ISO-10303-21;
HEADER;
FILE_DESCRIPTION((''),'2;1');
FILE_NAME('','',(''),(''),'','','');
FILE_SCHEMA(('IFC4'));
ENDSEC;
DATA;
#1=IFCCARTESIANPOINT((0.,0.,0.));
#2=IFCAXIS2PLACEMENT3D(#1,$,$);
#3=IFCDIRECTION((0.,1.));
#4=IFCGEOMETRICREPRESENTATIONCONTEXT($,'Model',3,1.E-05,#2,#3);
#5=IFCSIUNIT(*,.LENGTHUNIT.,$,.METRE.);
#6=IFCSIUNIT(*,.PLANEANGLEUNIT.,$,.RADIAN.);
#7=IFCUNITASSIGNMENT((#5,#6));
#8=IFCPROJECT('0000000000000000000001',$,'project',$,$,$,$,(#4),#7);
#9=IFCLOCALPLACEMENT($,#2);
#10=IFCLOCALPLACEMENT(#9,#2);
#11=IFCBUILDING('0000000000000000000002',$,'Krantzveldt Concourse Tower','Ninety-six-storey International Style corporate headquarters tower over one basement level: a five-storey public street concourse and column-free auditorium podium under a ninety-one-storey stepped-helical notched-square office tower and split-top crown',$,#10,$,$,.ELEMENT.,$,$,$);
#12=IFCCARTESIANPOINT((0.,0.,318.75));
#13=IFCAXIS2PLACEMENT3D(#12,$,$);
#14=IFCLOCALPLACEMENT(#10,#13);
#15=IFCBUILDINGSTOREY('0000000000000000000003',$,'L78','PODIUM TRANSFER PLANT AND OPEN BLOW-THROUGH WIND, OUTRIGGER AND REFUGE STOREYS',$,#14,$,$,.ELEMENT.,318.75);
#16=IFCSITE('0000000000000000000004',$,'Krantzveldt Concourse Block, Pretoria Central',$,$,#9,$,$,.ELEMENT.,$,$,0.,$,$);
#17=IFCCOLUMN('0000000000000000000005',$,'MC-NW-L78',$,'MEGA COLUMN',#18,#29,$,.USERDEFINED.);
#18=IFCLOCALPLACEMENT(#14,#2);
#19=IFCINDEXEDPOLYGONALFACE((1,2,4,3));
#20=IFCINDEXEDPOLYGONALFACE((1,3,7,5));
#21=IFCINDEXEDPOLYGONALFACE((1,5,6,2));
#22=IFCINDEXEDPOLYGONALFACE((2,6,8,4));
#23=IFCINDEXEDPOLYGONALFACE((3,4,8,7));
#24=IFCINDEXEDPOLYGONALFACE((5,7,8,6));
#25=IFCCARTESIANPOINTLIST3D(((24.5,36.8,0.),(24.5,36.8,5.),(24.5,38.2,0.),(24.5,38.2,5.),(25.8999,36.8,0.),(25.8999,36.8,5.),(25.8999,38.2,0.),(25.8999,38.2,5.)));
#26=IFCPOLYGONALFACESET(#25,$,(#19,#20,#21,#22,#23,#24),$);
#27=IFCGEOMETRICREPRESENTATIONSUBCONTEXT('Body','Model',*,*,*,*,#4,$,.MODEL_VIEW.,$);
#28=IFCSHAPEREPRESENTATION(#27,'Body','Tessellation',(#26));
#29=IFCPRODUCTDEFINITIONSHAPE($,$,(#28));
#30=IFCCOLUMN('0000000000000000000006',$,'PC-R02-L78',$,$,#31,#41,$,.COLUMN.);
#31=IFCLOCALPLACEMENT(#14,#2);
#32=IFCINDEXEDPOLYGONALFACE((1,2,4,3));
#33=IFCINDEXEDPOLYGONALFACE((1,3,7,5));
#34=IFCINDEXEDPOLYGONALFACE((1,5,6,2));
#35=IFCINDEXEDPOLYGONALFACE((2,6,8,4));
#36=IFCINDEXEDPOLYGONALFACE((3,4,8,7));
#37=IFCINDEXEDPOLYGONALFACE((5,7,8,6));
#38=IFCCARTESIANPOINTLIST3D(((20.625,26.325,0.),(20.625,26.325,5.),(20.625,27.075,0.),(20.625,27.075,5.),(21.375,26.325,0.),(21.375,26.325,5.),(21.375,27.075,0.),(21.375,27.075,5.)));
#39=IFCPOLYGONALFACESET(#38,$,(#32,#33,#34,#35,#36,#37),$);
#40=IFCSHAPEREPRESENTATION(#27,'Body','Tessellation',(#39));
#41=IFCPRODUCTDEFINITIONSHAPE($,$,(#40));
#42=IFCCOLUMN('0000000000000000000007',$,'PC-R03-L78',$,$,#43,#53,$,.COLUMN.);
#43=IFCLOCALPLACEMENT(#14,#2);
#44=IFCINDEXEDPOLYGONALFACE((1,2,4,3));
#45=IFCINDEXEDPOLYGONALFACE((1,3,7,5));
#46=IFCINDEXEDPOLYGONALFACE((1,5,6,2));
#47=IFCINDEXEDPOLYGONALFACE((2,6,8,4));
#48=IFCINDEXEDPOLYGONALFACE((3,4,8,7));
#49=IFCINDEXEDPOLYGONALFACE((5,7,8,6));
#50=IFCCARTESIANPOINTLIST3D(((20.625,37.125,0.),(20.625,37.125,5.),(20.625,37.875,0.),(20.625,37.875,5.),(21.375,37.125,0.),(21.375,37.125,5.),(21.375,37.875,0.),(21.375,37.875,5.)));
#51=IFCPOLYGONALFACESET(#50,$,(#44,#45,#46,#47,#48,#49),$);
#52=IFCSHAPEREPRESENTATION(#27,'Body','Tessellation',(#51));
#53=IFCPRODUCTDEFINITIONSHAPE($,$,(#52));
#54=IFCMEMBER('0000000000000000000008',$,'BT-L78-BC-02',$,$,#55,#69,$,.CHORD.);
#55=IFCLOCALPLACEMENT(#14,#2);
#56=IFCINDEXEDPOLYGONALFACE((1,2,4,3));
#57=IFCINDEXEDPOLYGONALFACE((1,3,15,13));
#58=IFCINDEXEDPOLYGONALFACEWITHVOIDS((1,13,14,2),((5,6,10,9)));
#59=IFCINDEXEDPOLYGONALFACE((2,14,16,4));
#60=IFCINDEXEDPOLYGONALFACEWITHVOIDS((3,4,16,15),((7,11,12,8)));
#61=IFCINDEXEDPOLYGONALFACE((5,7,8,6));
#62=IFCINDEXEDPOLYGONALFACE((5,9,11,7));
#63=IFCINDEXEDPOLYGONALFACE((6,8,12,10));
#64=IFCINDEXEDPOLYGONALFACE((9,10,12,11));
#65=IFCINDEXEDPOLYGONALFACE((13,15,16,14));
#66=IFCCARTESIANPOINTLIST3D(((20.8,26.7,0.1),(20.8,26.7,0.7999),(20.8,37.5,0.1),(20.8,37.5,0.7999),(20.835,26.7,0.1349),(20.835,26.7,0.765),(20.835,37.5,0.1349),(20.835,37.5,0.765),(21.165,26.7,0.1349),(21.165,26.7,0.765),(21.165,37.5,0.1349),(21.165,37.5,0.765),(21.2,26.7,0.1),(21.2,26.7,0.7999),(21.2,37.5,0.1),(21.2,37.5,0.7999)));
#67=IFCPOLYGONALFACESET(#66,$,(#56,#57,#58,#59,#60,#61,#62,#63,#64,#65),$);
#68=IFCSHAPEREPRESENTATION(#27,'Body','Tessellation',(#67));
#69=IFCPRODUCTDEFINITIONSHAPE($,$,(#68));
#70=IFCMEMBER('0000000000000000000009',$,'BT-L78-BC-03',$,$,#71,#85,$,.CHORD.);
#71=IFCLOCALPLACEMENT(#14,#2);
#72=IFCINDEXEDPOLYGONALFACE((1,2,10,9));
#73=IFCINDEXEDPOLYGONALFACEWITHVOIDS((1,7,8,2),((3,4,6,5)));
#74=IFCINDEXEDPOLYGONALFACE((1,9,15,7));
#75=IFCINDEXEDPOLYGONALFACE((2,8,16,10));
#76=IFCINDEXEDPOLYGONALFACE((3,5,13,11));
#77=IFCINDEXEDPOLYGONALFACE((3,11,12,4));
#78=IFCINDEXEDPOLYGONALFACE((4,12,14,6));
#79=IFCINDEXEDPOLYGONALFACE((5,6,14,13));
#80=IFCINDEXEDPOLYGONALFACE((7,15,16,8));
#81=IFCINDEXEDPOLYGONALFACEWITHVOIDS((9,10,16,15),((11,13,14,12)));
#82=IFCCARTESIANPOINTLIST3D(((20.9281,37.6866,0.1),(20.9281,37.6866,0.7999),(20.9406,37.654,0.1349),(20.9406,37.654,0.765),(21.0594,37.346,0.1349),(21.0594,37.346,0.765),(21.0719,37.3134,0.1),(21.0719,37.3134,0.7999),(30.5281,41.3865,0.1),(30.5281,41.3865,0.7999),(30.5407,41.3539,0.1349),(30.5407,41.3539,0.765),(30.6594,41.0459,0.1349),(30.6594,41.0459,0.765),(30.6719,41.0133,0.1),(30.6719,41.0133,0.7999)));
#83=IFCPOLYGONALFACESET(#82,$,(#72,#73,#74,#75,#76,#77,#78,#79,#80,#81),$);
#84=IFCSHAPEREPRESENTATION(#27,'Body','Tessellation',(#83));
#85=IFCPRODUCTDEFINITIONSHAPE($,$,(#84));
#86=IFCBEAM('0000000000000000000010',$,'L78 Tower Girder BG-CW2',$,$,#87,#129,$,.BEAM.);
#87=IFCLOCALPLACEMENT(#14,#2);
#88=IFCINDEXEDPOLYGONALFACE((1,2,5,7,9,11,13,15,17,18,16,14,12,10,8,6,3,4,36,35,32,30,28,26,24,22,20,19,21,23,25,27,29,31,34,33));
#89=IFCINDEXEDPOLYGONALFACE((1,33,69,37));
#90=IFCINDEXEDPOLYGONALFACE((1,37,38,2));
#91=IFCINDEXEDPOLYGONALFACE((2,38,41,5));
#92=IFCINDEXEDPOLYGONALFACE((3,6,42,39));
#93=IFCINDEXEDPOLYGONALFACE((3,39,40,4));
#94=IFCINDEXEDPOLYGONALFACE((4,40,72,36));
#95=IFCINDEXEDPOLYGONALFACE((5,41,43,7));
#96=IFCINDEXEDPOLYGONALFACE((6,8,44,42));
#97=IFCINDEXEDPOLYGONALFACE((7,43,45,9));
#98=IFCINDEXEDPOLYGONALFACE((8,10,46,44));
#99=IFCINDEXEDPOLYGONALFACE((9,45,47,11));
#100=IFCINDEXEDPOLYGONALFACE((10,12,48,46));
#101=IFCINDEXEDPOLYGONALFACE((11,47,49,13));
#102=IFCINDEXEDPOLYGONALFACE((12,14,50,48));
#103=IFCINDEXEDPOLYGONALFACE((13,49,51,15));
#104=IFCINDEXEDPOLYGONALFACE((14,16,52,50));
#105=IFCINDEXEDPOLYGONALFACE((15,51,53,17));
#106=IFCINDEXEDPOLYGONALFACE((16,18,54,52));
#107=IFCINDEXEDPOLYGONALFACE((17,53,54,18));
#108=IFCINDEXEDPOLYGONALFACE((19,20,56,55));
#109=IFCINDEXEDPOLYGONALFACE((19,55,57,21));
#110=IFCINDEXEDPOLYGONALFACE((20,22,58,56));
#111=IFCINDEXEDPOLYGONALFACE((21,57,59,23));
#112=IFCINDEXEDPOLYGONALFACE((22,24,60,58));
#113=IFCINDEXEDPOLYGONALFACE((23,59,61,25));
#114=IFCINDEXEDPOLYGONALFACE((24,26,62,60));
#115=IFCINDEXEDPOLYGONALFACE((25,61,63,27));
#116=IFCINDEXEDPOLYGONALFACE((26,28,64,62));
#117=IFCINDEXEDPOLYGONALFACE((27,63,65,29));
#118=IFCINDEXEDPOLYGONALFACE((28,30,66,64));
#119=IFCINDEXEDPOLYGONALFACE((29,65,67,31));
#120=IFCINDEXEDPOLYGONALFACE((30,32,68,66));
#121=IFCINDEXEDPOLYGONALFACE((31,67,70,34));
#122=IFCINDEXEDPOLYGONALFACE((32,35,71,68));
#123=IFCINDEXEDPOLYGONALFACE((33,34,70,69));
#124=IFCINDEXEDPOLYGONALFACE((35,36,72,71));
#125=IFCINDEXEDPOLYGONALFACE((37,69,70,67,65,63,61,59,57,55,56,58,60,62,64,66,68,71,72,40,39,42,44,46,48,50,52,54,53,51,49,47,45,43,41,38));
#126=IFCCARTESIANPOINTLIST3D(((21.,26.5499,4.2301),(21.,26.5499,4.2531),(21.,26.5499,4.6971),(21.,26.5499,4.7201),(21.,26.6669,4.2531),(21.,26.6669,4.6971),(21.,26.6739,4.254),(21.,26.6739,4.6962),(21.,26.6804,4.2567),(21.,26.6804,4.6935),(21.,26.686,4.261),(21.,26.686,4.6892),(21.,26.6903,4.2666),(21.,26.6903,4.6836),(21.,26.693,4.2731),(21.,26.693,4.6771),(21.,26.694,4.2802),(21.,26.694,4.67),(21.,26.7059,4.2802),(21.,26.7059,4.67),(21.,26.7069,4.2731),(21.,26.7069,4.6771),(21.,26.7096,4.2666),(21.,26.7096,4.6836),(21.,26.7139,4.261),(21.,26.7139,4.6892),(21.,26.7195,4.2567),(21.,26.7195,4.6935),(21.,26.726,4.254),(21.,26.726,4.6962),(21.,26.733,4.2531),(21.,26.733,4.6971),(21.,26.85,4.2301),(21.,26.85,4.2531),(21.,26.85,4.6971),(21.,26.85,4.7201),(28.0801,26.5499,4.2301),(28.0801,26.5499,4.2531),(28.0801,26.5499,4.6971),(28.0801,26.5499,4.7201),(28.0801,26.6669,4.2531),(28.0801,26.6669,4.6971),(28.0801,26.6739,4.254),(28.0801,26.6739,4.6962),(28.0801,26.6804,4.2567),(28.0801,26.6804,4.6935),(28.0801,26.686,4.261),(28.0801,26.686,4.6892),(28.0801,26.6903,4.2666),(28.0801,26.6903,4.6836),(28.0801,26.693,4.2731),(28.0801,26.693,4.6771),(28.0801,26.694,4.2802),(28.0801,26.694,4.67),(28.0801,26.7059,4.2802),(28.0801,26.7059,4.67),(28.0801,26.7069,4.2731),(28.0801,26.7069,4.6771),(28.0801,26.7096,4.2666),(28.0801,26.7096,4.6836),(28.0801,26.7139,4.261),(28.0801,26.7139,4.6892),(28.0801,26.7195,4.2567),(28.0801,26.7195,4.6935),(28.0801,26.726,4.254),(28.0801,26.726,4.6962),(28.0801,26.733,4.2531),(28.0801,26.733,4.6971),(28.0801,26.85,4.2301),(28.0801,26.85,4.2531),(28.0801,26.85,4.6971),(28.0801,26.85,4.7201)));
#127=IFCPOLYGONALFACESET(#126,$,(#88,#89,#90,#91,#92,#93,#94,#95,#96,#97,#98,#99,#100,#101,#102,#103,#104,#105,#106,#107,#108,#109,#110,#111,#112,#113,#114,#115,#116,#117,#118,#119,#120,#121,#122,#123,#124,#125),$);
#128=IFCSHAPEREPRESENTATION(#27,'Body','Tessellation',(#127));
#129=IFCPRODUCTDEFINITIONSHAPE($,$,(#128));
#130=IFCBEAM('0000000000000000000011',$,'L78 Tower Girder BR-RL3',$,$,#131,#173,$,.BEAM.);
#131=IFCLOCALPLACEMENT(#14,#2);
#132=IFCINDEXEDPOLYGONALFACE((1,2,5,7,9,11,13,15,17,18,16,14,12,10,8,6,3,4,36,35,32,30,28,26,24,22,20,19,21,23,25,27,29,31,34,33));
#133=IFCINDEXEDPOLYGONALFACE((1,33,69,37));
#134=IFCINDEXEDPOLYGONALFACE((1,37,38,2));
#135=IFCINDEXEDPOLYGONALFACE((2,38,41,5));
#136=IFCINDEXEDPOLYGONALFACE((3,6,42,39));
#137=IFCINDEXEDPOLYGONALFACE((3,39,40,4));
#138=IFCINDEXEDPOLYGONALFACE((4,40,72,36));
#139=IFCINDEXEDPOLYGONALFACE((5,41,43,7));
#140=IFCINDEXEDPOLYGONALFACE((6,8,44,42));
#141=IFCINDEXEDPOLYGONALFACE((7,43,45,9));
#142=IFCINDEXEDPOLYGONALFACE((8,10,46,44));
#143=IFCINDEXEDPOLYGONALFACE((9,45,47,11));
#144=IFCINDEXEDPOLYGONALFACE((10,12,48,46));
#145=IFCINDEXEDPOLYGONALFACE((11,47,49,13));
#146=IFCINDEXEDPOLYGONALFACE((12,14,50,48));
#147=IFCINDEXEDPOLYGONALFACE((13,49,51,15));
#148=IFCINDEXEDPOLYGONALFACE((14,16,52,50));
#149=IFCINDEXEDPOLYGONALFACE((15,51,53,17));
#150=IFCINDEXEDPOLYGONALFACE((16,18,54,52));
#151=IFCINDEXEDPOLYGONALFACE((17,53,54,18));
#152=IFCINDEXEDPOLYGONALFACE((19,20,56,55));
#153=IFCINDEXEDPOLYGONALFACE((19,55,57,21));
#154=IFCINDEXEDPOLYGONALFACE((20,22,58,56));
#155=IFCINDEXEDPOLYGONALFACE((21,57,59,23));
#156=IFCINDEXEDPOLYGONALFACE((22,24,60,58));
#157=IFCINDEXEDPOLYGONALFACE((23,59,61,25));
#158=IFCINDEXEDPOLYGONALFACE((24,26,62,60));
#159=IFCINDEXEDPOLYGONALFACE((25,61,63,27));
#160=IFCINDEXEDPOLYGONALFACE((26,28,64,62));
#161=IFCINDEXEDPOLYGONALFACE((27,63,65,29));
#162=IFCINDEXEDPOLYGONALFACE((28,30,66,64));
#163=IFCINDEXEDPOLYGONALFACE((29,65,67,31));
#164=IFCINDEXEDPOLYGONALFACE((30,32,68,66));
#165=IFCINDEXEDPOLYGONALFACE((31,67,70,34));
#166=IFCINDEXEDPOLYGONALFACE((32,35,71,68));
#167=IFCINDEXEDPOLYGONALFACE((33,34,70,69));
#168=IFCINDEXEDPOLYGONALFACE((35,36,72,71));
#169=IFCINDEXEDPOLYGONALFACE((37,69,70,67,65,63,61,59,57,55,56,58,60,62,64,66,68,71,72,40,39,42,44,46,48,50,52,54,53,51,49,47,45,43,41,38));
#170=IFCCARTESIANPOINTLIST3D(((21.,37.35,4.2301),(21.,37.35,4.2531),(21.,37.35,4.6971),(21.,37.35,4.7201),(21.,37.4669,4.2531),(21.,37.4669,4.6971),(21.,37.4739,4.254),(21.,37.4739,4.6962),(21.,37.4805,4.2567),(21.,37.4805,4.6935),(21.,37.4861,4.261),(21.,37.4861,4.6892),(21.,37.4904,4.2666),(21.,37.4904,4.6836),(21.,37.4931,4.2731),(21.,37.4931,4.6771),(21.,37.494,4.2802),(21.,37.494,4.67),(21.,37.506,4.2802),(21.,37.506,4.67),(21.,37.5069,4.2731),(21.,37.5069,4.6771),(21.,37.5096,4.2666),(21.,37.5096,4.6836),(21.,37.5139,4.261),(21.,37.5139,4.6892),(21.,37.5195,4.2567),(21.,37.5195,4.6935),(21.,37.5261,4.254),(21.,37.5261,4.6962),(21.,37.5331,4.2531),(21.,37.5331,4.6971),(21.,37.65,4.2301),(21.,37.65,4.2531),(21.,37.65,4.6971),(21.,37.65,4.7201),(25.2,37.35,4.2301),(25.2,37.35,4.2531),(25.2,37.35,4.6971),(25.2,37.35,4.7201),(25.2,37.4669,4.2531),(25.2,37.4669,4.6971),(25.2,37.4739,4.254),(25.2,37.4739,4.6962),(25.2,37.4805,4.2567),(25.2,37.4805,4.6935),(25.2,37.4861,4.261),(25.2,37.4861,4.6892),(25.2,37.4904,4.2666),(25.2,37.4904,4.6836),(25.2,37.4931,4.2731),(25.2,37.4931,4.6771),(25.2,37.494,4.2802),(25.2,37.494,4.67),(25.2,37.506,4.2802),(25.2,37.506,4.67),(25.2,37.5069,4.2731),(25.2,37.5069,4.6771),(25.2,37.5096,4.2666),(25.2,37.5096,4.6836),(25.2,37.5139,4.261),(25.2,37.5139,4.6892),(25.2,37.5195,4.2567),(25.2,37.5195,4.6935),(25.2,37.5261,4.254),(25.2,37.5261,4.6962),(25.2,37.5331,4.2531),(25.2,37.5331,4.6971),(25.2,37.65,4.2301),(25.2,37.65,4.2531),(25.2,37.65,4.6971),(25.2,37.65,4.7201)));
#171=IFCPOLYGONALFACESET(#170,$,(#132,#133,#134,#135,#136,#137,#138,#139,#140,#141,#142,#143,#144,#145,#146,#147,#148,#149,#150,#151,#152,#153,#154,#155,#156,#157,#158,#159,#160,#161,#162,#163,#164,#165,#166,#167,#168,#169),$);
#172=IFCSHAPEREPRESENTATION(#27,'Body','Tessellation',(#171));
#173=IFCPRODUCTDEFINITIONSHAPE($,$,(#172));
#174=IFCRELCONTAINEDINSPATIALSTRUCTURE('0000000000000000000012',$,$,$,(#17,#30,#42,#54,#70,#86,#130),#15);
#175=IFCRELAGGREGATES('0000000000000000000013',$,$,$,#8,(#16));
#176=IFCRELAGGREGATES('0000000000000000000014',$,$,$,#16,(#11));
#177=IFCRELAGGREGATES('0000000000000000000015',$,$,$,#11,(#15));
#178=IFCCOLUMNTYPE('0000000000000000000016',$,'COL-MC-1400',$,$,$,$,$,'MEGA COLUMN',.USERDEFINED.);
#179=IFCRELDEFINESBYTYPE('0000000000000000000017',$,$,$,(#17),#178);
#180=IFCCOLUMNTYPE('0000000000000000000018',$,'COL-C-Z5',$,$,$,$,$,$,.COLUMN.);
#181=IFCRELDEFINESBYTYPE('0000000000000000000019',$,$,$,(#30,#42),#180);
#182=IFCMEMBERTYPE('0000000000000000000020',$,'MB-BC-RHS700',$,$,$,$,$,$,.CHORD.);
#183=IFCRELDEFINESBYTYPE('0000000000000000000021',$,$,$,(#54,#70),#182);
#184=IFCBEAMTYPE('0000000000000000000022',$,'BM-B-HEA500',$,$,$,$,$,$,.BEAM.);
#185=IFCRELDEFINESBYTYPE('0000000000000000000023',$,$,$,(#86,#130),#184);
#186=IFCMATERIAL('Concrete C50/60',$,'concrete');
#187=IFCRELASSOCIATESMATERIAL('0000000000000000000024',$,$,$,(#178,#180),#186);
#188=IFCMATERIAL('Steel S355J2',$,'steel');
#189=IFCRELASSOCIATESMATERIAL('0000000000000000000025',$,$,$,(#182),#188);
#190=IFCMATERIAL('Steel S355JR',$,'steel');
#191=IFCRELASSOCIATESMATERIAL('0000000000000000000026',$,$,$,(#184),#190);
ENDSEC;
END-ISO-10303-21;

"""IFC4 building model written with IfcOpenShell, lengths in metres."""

from ifc_helpers import new_model, si_unit, direction, frame, origin, origin_2d, place, context, subcontext, project, spatial, rectangle, hollow_rectangle, i_section, extrude, source, transform, mapped, material, material_profile, profile_set, type_object, type_shapes, element, save


model = new_model("IFC4")

# Units and contexts
model_context = context("Model", 3, precision=1e-05, world=origin(), true_north=direction((0.0, 1.0)))
body_context = subcontext(model_context, "Body", "Model", "MODEL_VIEW")
ifc_project = project(units=[si_unit("LENGTHUNIT", "METRE"), si_unit("PLANEANGLEUNIT", "RADIAN")], contexts=[model_context])

# Site, building, storey
site_placement = place(None, origin())
site = spatial("IfcSite", under=ifc_project, at=site_placement, Name="Krantzveldt Concourse Block, Pretoria Central", CompositionType="ELEMENT", RefElevation=0.0)
building_placement = place(site_placement, origin())
building = spatial("IfcBuilding", under=site, at=building_placement, Name="Krantzveldt Concourse Tower", Description="Ninety-six-storey International Style corporate headquarters tower over one basement level: a five-storey public street concourse and column-free auditorium podium under a ninety-one-storey stepped-helical notched-square office tower and split-top crown", CompositionType="ELEMENT")
storey_placement = place(building_placement, frame((0.0, 0.0, 318.75)))
storey = spatial("IfcBuildingStorey", under=building, at=storey_placement, Name="L78", Description="PODIUM TRANSFER PLANT AND OPEN BLOW-THROUGH WIND, OUTRIGGER AND REFUGE STOREYS", CompositionType="ELEMENT", Elevation=318.75)

# Columns
ifc_material_1 = material(Name="Concrete C50/60", Category="concrete")
ifc_material_profile_1 = material_profile(ifc_material_1, rectangle(XDim=1.3999, YDim=1.3999, at=origin_2d()), Name="Concrete C50/60", Category="concrete")
ifc_profile_set_1 = profile_set([ifc_material_profile_1], Name="Concrete C50/60 - RC 1400x1400")
column_type_1 = type_object("IfcColumnType", Name="COL-MC-1400", ElementType="MEGA COLUMN", PredefinedType="USERDEFINED", material=ifc_profile_set_1)
shared_shape_1 = source(origin(), body_context, "Body", "SweptSolid", [
    extrude(rectangle(XDim=1.3999, YDim=1.3999, at=origin_2d()), origin(), (0.0, 0.0, 1.0), 5.0),
])
type_shapes(column_type_1, [shared_shape_1])
column_placement = place(storey_placement, frame((25.2, 37.5, 0.0), z_axis=(0.0, 0.0, 1.0), x_axis=(1.0, 0.0, 0.0)))
element("IfcColumn", 1, at=column_placement, inside=storey, type_object=column_type_1, Name="MC-NW-L78", ObjectType="MEGA COLUMN", PredefinedType="USERDEFINED", context=body_context, shape_type="MappedRepresentation", body=[
    mapped(shared_shape_1, transform((0.0, 0.0, 0.0), x_axis=(1.0, 0.0, 0.0), y_axis=(0.0, 1.0, 0.0), z_axis=(0.0, 0.0, 1.0), scale=1.0)),
])
ifc_material_profile_2 = material_profile(ifc_material_1, rectangle(XDim=0.75, YDim=0.75, at=origin_2d()), Name="Concrete C50/60", Category="concrete")
ifc_profile_set_2 = profile_set([ifc_material_profile_2], Name="Concrete C50/60 - RC 750x750")
column_type_2 = type_object("IfcColumnType", Name="COL-C-Z5", PredefinedType="COLUMN", material=ifc_profile_set_2)
shared_shape_2 = source(origin(), body_context, "Body", "SweptSolid", [
    extrude(rectangle(XDim=0.75, YDim=0.75, at=origin_2d()), origin(), (0.0, 0.0, 1.0), 5.0),
])
type_shapes(column_type_2, [shared_shape_2])
for number, where, z_axis, x_axis, name in (
    (2, (21.0, 26.7, 0.0), (0.0, 0.0, 1.0), (1.0, 0.0, 0.0), "PC-R02-L78"),
    (3, (21.0, 37.5, 0.0), (0.0, 0.0, 1.0), (1.0, 0.0, 0.0), "PC-R03-L78"),
):
    element("IfcColumn", number, at=place(storey_placement, frame(where, z_axis=z_axis, x_axis=x_axis)), inside=storey, type_object=column_type_2, Name=name, PredefinedType="COLUMN", context=body_context, shape_type="MappedRepresentation", body=[
        mapped(shared_shape_2, transform((0.0, 0.0, 0.0), x_axis=(1.0, 0.0, 0.0), y_axis=(0.0, 1.0, 0.0), z_axis=(0.0, 0.0, 1.0), scale=1.0)),
    ])

# Members
ifc_material_2 = material(Name="Steel S355J2", Category="steel")
ifc_material_profile_3 = material_profile(ifc_material_2, hollow_rectangle(XDim=0.3999, YDim=0.7, WallThickness=0.0349, at=origin_2d()), Name="Steel S355J2", Category="steel")
ifc_profile_set_3 = profile_set([ifc_material_profile_3], Name="Steel S355J2 - RHS 700x400x35")
member_type_1 = type_object("IfcMemberType", Name="MB-BC-RHS700", PredefinedType="CHORD", material=ifc_profile_set_3)
shared_shape_3 = source(origin(), body_context, "Body", "SweptSolid", [
    extrude(hollow_rectangle(XDim=0.3999, YDim=0.7, WallThickness=0.0349, at=origin_2d()), origin(), (0.0, 0.0, 1.0), 10.8),
])
member_1_placement = place(storey_placement, frame((21.0, 26.7, 0.45), z_axis=(0.0, 1.0, 0.0), x_axis=(-1.0, 0.0, 0.0)))
element("IfcMember", 4, at=member_1_placement, inside=storey, type_object=member_type_1, Name="BT-L78-BC-02", PredefinedType="CHORD", context=body_context, shape_type="MappedRepresentation", body=[
    mapped(shared_shape_3, transform((0.0, 0.0, 0.0), x_axis=(1.0, 0.0, 0.0), y_axis=(0.0, 1.0, 0.0), z_axis=(0.0, 0.0, 1.0), scale=1.0)),
])
shared_shape_4 = source(origin(), body_context, "Body", "SweptSolid", [
    extrude(hollow_rectangle(XDim=0.3999, YDim=0.7, WallThickness=0.0349, at=origin_2d()), origin(), (0.0, 0.0, 1.0), 10.2883),
])
type_shapes(member_type_1, [shared_shape_3, shared_shape_4])
member_2_placement = place(storey_placement, frame((21.0, 37.5, 0.45), z_axis=(0.933098, 0.359623, 0.0), x_axis=(-0.359623, 0.933098, 0.0)))
element("IfcMember", 5, at=member_2_placement, inside=storey, type_object=member_type_1, Name="BT-L78-BC-03", PredefinedType="CHORD", context=body_context, shape_type="MappedRepresentation", body=[
    mapped(shared_shape_4, transform((0.0, 0.0, 0.0), x_axis=(1.0, 0.0, 0.0), y_axis=(0.0, 1.0, 0.0), z_axis=(0.0, 0.0, 1.0), scale=1.0)),
])

# Beams
ifc_material_3 = material(Name="Steel S355JR", Category="steel")
ifc_material_profile_4 = material_profile(ifc_material_3, i_section(OverallWidth=0.3, OverallDepth=0.49, WebThickness=0.012, FlangeThickness=0.0229, FilletRadius=0.0271, at=origin_2d()), Name="Steel S355JR", Category="steel")
ifc_profile_set_4 = profile_set([ifc_material_profile_4], Name="Steel S355JR - HEA 500")
beam_type_1 = type_object("IfcBeamType", Name="BM-B-HEA500", PredefinedType="BEAM", material=ifc_profile_set_4)
shared_shape_5 = source(origin(), body_context, "Body", "SweptSolid", [
    extrude(i_section(OverallWidth=0.3, OverallDepth=0.49, WebThickness=0.012, FlangeThickness=0.0229, FilletRadius=0.0271, at=origin_2d()), origin(), (0.0, 0.0, 1.0), 7.0801),
])
beam_1_placement = place(storey_placement, frame((21.0, 26.7, 4.4751), z_axis=(1.0, 0.0, 0.0), x_axis=(0.0, 1.0, 0.0)))
element("IfcBeam", 6, at=beam_1_placement, inside=storey, type_object=beam_type_1, Name="L78 Tower Girder BG-CW2", PredefinedType="BEAM", context=body_context, shape_type="MappedRepresentation", body=[
    mapped(shared_shape_5, transform((0.0, 0.0, 0.0), x_axis=(1.0, 0.0, 0.0), y_axis=(0.0, 1.0, 0.0), z_axis=(0.0, 0.0, 1.0), scale=1.0)),
])
shared_shape_6 = source(origin(), body_context, "Body", "SweptSolid", [
    extrude(i_section(OverallWidth=0.3, OverallDepth=0.49, WebThickness=0.012, FlangeThickness=0.0229, FilletRadius=0.0271, at=origin_2d()), origin(), (0.0, 0.0, 1.0), 4.2),
])
beam_2_placement = place(storey_placement, frame((21.0, 37.5, 4.4751), z_axis=(1.0, 0.0, 0.0), x_axis=(0.0, 1.0, 0.0)))
element("IfcBeam", 7, at=beam_2_placement, inside=storey, type_object=beam_type_1, Name="L78 Tower Girder BR-RL3", PredefinedType="BEAM", context=body_context, shape_type="MappedRepresentation", body=[
    mapped(shared_shape_6, transform((0.0, 0.0, 0.0), x_axis=(1.0, 0.0, 0.0), y_axis=(0.0, 1.0, 0.0), z_axis=(0.0, 0.0, 1.0), scale=1.0)),
])

save(model, "model.ifc")
